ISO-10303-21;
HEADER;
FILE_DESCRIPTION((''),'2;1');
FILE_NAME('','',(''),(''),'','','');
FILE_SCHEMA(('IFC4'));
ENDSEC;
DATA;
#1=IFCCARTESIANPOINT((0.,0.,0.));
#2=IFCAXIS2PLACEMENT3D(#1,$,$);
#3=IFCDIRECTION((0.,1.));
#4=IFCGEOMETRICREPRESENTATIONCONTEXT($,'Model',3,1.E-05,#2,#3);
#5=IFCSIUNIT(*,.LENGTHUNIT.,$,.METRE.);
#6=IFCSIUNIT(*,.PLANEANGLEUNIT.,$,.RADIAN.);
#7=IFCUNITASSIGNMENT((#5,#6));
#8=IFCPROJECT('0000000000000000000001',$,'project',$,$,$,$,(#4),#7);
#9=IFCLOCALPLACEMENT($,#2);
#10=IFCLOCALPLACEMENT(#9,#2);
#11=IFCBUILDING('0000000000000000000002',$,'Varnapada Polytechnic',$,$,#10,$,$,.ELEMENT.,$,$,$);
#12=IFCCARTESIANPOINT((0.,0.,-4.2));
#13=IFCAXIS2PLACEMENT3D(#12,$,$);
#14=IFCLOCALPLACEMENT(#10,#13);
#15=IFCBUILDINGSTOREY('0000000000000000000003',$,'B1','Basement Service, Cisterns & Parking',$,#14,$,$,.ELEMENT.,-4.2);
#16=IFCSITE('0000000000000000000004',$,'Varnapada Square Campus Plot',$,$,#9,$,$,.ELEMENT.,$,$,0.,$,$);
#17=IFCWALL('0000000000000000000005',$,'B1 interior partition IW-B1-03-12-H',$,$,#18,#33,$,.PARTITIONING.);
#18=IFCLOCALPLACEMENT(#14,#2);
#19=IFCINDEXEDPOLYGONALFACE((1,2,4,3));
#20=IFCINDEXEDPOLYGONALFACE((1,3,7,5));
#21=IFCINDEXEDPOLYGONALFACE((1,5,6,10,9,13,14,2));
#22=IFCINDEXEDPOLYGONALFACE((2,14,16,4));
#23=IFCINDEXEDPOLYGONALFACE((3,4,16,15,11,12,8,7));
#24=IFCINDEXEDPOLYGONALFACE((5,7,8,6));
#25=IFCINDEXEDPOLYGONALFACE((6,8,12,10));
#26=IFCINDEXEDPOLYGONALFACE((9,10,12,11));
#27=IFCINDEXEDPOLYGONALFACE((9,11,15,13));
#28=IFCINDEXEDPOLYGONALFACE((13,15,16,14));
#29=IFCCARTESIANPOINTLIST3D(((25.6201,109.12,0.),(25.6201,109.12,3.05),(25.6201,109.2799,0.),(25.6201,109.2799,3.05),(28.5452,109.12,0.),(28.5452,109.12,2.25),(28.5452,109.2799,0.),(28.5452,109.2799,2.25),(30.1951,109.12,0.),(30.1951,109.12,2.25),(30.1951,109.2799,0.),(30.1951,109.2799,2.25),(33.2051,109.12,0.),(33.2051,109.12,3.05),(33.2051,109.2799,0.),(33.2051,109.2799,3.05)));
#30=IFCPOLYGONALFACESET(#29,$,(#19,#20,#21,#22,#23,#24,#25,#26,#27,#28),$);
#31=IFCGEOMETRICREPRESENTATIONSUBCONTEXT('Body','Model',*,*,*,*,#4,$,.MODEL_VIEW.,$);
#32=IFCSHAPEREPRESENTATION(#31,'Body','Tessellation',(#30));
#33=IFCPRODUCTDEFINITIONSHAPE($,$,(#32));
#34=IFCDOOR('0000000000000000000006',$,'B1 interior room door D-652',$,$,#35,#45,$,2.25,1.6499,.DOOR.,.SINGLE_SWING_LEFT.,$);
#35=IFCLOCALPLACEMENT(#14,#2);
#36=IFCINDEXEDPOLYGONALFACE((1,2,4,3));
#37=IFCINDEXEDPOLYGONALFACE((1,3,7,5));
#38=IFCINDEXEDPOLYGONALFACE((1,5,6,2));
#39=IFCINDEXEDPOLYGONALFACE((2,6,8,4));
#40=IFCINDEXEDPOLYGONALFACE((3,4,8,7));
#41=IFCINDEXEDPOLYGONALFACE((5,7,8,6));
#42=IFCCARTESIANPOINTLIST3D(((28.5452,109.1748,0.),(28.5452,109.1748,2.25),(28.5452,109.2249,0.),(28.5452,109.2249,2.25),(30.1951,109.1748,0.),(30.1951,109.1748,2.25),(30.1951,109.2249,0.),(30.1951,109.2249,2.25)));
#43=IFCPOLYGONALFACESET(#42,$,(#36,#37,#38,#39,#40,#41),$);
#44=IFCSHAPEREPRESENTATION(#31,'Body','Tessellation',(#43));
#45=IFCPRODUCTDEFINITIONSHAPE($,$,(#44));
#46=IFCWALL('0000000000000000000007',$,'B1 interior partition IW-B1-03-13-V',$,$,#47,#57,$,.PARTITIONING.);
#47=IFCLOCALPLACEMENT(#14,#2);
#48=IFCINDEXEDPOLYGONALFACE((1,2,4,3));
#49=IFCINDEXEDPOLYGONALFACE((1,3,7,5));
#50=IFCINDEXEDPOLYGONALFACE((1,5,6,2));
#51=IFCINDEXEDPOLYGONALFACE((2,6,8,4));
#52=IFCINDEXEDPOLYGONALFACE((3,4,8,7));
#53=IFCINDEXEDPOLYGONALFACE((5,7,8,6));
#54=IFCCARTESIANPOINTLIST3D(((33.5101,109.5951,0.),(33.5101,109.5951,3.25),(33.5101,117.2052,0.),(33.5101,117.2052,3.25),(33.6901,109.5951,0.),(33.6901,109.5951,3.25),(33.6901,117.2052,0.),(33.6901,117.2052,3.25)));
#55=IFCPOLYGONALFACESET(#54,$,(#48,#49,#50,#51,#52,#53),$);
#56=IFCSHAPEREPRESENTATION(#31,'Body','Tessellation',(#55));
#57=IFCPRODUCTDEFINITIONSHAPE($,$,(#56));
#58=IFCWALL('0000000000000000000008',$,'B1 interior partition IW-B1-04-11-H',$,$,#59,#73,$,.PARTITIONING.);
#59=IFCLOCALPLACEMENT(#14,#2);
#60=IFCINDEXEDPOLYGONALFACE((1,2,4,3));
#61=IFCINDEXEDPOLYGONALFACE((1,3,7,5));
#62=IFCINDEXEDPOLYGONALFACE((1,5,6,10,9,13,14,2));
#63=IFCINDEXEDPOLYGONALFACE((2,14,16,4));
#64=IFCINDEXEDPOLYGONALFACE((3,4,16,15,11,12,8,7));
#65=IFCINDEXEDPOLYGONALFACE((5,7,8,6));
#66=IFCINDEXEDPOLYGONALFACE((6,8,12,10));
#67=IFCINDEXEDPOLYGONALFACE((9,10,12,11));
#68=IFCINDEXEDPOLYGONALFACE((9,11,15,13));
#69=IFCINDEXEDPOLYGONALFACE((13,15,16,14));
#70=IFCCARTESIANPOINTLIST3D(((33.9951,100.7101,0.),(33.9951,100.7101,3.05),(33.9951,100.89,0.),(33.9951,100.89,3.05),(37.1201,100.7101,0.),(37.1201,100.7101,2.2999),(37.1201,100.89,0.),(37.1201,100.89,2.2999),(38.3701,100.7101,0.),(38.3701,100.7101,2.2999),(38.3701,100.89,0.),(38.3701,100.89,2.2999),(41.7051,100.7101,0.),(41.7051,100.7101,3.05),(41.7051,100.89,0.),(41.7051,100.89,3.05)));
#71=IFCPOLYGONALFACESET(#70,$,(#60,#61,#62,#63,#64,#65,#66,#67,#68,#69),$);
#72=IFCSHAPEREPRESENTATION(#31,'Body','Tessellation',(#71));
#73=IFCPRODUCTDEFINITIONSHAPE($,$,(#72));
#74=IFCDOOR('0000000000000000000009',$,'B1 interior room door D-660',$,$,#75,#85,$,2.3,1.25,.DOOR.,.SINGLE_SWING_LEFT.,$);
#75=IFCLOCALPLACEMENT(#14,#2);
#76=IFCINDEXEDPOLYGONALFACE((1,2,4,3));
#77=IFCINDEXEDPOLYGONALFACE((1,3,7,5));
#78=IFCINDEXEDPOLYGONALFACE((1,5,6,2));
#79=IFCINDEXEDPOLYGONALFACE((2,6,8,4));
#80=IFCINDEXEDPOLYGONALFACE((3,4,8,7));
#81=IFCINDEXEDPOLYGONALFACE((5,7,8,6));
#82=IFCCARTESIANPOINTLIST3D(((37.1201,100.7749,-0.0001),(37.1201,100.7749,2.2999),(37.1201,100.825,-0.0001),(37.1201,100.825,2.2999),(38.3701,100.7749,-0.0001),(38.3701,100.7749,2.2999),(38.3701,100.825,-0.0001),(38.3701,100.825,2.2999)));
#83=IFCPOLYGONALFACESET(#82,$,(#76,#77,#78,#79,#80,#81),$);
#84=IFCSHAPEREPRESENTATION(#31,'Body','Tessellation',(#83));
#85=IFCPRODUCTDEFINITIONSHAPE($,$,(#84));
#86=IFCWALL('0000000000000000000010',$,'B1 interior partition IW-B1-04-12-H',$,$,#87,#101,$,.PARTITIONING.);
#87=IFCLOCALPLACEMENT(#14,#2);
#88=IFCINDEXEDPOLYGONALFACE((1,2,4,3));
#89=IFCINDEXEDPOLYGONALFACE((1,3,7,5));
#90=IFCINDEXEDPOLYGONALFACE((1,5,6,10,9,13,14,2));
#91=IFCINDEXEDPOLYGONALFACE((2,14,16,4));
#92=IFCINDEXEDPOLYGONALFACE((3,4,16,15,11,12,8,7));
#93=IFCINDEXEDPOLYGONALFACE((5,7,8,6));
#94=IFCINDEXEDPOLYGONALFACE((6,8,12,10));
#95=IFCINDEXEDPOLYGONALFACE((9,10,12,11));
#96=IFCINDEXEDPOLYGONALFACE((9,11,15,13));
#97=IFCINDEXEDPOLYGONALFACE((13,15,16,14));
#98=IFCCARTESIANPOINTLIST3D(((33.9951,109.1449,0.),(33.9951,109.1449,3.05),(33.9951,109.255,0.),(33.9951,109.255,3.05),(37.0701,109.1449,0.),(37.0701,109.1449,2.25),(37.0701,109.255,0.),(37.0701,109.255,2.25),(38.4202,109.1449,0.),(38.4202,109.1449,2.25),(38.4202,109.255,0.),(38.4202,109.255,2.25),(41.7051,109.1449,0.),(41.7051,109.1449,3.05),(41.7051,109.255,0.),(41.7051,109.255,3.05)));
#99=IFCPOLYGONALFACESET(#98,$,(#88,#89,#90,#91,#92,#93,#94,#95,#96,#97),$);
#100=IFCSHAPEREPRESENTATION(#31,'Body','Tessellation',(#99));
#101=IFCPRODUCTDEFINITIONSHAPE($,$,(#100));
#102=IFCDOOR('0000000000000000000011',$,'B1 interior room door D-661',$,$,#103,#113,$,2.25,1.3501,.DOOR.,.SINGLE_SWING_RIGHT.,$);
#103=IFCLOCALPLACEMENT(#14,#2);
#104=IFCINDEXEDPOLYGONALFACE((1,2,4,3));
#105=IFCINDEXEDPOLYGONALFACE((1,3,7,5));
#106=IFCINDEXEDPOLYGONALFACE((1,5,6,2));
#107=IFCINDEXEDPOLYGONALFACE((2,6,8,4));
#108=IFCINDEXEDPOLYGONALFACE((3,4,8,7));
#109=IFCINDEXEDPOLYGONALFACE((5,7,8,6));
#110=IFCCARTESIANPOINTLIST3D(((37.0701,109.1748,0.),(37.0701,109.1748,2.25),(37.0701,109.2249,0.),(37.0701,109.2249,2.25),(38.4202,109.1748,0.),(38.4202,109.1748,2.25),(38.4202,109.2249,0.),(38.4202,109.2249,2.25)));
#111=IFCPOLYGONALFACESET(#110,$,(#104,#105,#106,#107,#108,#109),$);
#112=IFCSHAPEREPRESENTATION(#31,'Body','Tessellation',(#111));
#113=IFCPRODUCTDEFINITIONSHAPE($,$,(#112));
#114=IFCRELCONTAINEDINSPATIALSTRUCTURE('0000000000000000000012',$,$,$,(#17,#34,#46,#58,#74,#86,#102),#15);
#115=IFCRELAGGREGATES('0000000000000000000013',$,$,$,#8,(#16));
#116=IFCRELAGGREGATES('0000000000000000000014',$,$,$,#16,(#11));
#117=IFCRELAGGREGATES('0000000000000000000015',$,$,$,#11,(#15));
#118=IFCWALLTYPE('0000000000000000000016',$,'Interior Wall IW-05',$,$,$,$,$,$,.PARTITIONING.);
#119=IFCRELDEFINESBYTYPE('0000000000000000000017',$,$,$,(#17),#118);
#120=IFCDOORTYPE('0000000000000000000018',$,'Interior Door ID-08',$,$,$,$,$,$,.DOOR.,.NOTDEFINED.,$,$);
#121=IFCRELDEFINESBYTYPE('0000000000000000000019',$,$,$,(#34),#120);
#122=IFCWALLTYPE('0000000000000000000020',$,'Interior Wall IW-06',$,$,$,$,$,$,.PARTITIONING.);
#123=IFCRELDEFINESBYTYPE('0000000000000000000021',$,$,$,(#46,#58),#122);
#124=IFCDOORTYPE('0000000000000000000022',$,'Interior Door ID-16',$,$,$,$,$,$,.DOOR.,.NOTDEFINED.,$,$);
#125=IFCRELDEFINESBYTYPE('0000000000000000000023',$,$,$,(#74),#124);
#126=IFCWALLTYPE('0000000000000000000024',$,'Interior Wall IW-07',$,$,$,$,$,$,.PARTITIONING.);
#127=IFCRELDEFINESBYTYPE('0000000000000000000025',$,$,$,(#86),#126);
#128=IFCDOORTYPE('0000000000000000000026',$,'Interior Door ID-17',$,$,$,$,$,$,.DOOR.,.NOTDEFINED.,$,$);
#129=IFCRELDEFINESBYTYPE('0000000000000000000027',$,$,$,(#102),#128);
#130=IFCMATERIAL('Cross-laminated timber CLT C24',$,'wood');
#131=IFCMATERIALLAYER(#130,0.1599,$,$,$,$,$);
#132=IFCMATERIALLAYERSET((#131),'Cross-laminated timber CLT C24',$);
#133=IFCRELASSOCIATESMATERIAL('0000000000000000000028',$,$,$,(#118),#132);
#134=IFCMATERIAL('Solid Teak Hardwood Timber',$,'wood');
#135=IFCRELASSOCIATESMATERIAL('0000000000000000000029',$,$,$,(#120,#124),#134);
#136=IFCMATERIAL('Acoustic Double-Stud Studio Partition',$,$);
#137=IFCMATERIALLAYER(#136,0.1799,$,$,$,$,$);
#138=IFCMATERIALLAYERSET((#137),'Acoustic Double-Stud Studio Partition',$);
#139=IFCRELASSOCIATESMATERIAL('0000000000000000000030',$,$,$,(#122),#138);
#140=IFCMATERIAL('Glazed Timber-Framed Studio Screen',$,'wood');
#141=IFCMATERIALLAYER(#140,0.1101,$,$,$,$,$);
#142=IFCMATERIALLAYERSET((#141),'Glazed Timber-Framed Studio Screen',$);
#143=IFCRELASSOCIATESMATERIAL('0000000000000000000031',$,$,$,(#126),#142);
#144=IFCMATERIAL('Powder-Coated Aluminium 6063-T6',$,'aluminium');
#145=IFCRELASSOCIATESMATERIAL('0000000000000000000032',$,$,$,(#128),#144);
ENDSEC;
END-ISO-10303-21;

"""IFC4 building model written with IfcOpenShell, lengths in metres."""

from ifc_helpers import new_model, si_unit, direction, frame, frame_2d, origin, place, context, subcontext, project, spatial, rectangle, extrude, material, layer, layer_set, type_object, element, fill, save


model = new_model("IFC4")

# Units and contexts
model_context = context("Model", 3, precision=1e-05, world=origin(), true_north=direction((0.0, 1.0)))
body_context = subcontext(model_context, "Body", "Model", "MODEL_VIEW")
ifc_project = project(units=[si_unit("LENGTHUNIT", "METRE"), si_unit("PLANEANGLEUNIT", "RADIAN")], contexts=[model_context])

# Site, building, storey
site_placement = place(None, origin())
site = spatial("IfcSite", under=ifc_project, at=site_placement, Name="Varnapada Square Campus Plot", CompositionType="ELEMENT", RefElevation=0.0)
building_placement = place(site_placement, origin())
building = spatial("IfcBuilding", under=site, at=building_placement, Name="Varnapada Polytechnic", CompositionType="ELEMENT")
storey_placement = place(building_placement, frame((0.0, 0.0, -4.2)))
storey = spatial("IfcBuildingStorey", under=building, at=storey_placement, Name="B1", Description="Basement Service, Cisterns & Parking", CompositionType="ELEMENT", Elevation=-4.2)

# Wall, opening, door
ifc_material_1 = material(Name="Cross-laminated timber CLT C24", Category="wood")
ifc_layer_1 = layer(ifc_material_1, 0.1599)
ifc_layer_set_1 = layer_set([ifc_layer_1], Name="Cross-laminated timber CLT C24")
wall_type_1 = type_object("IfcWallType", Name="Interior Wall IW-05", PredefinedType="PARTITIONING", material=ifc_layer_set_1)
wall_1_placement = place(storey_placement, frame((25.6201, 109.2, 0.0), z_axis=(0.0, 0.0, 1.0), x_axis=(1.0, 0.0, 0.0)))
wall_1 = element("IfcWall", 1, at=wall_1_placement, inside=storey, type_object=wall_type_1, Name="B1 interior partition IW-B1-03-12-H", PredefinedType="PARTITIONING", context=body_context, shape_type="SweptSolid", body=[
    extrude(rectangle(XDim=7.585, YDim=0.1599, at=frame_2d((3.7925, 0.0))), origin(), (0.0, 0.0, 1.0), 3.05),
])
opening_1_placement = place(wall_1_placement, frame((2.925, 0.0, 0.0)))
opening_1 = element("IfcOpeningElement", 2, at=opening_1_placement, cuts=wall_1, PredefinedType="OPENING", context=body_context, shape_type="SweptSolid", body=[
    extrude(rectangle(XDim=1.6499, YDim=2.25, at=frame_2d((0.825, 1.125))), frame((0.0, 0.0898, 0.0), z_axis=(0.0, -1.0, 0.0), x_axis=(1.0, 0.0, 0.0)), (0.0, 0.0, 1.0), 0.1799),
])
ifc_material_2 = material(Name="Solid Teak Hardwood Timber", Category="wood")
door_type_1 = type_object("IfcDoorType", Name="Interior Door ID-08", OperationType="NOTDEFINED", PredefinedType="DOOR", material=ifc_material_2)
door_1_placement = place(opening_1_placement, origin())
door_1 = element("IfcDoor", 3, at=door_1_placement, inside=storey, type_object=door_type_1, Name="B1 interior room door D-652", OperationType="SINGLE_SWING_LEFT", OverallHeight=2.25, OverallWidth=1.6499, PredefinedType="DOOR", context=body_context, shape_type="SweptSolid", body=[
    extrude(rectangle(XDim=1.6499, YDim=2.25, at=frame_2d((0.825, 1.125))), frame((0.0, 0.0249, 0.0), z_axis=(0.0, -1.0, 0.0), x_axis=(1.0, 0.0, 0.0)), (0.0, 0.0, 1.0), 0.05),
])
fill(opening_1, door_1)

# Wall
ifc_material_3 = material(Name="Acoustic Double-Stud Studio Partition")
ifc_layer_2 = layer(ifc_material_3, 0.1799)
ifc_layer_set_2 = layer_set([ifc_layer_2], Name="Acoustic Double-Stud Studio Partition")
wall_type_2 = type_object("IfcWallType", Name="Interior Wall IW-06", PredefinedType="PARTITIONING", material=ifc_layer_set_2)
wall_2_placement = place(storey_placement, frame((33.6001, 109.595, 0.0), z_axis=(0.0, 0.0, 1.0), x_axis=(0.0, 1.0, 0.0)))
element("IfcWall", 4, at=wall_2_placement, inside=storey, type_object=wall_type_2, Name="B1 interior partition IW-B1-03-13-V", PredefinedType="PARTITIONING", context=body_context, shape_type="SweptSolid", body=[
    extrude(rectangle(XDim=7.6101, YDim=0.1799, at=frame_2d((3.8052, 0.0))), origin(), (0.0, 0.0, 1.0), 3.25),
])

# Walls, openings, doors
wall_3_placement = place(storey_placement, frame((33.9951, 100.8, 0.0), z_axis=(0.0, 0.0, 1.0), x_axis=(1.0, 0.0, 0.0)))
wall_3 = element("IfcWall", 5, at=wall_3_placement, inside=storey, type_object=wall_type_2, Name="B1 interior partition IW-B1-04-11-H", PredefinedType="PARTITIONING", context=body_context, shape_type="SweptSolid", body=[
    extrude(rectangle(XDim=7.71, YDim=0.1799, at=frame_2d((3.855, 0.0))), origin(), (0.0, 0.0, 1.0), 3.05),
])
opening_2_placement = place(wall_3_placement, frame((3.125, 0.0, 0.0)))
opening_2 = element("IfcOpeningElement", 6, at=opening_2_placement, cuts=wall_3, PredefinedType="OPENING", context=body_context, shape_type="SweptSolid", body=[
    extrude(rectangle(XDim=1.25, YDim=2.3, at=frame_2d((0.625, 1.1499))), frame((0.0, 0.0999, 0.0), z_axis=(0.0, -1.0, 0.0), x_axis=(1.0, 0.0, 0.0)), (0.0, 0.0, 1.0), 0.2),
])
door_type_2 = type_object("IfcDoorType", Name="Interior Door ID-16", OperationType="NOTDEFINED", PredefinedType="DOOR", material=ifc_material_2)
door_2_placement = place(opening_2_placement, origin())
door_2 = element("IfcDoor", 7, at=door_2_placement, inside=storey, type_object=door_type_2, Name="B1 interior room door D-660", OperationType="SINGLE_SWING_LEFT", OverallHeight=2.3, OverallWidth=1.25, PredefinedType="DOOR", context=body_context, shape_type="SweptSolid", body=[
    extrude(rectangle(XDim=1.25, YDim=2.3, at=frame_2d((0.625, 1.1499))), frame((0.0, 0.0249, 0.0), z_axis=(0.0, -1.0, 0.0), x_axis=(1.0, 0.0, 0.0)), (0.0, 0.0, 1.0), 0.05),
])
fill(opening_2, door_2)
ifc_material_4 = material(Name="Glazed Timber-Framed Studio Screen", Category="wood")
ifc_layer_3 = layer(ifc_material_4, 0.1101)
ifc_layer_set_3 = layer_set([ifc_layer_3], Name="Glazed Timber-Framed Studio Screen")
wall_type_3 = type_object("IfcWallType", Name="Interior Wall IW-07", PredefinedType="PARTITIONING", material=ifc_layer_set_3)
wall_4_placement = place(storey_placement, frame((33.9951, 109.2, 0.0), z_axis=(0.0, 0.0, 1.0), x_axis=(1.0, 0.0, 0.0)))
wall_4 = element("IfcWall", 8, at=wall_4_placement, inside=storey, type_object=wall_type_3, Name="B1 interior partition IW-B1-04-12-H", PredefinedType="PARTITIONING", context=body_context, shape_type="SweptSolid", body=[
    extrude(rectangle(XDim=7.71, YDim=0.1101, at=frame_2d((3.855, 0.0))), origin(), (0.0, 0.0, 1.0), 3.05),
])
opening_3_placement = place(wall_4_placement, frame((3.075, 0.0, 0.0)))
opening_3 = element("IfcOpeningElement", 9, at=opening_3_placement, cuts=wall_4, PredefinedType="OPENING", context=body_context, shape_type="SweptSolid", body=[
    extrude(rectangle(XDim=1.3501, YDim=2.25, at=frame_2d((0.675, 1.125))), frame((0.0, 0.0649, 0.0), z_axis=(0.0, -1.0, 0.0), x_axis=(1.0, 0.0, 0.0)), (0.0, 0.0, 1.0), 0.1301),
])
ifc_material_5 = material(Name="Powder-Coated Aluminium 6063-T6", Category="aluminium")
door_type_3 = type_object("IfcDoorType", Name="Interior Door ID-17", OperationType="NOTDEFINED", PredefinedType="DOOR", material=ifc_material_5)
door_3_placement = place(opening_3_placement, origin())
door_3 = element("IfcDoor", 10, at=door_3_placement, inside=storey, type_object=door_type_3, Name="B1 interior room door D-661", OperationType="SINGLE_SWING_RIGHT", OverallHeight=2.25, OverallWidth=1.3501, PredefinedType="DOOR", context=body_context, shape_type="SweptSolid", body=[
    extrude(rectangle(XDim=1.3501, YDim=2.25, at=frame_2d((0.675, 1.125))), frame((0.0, 0.0249, 0.0), z_axis=(0.0, -1.0, 0.0), x_axis=(1.0, 0.0, 0.0)), (0.0, 0.0, 1.0), 0.05),
])
fill(opening_3, door_3)

save(model, "model.ifc")
